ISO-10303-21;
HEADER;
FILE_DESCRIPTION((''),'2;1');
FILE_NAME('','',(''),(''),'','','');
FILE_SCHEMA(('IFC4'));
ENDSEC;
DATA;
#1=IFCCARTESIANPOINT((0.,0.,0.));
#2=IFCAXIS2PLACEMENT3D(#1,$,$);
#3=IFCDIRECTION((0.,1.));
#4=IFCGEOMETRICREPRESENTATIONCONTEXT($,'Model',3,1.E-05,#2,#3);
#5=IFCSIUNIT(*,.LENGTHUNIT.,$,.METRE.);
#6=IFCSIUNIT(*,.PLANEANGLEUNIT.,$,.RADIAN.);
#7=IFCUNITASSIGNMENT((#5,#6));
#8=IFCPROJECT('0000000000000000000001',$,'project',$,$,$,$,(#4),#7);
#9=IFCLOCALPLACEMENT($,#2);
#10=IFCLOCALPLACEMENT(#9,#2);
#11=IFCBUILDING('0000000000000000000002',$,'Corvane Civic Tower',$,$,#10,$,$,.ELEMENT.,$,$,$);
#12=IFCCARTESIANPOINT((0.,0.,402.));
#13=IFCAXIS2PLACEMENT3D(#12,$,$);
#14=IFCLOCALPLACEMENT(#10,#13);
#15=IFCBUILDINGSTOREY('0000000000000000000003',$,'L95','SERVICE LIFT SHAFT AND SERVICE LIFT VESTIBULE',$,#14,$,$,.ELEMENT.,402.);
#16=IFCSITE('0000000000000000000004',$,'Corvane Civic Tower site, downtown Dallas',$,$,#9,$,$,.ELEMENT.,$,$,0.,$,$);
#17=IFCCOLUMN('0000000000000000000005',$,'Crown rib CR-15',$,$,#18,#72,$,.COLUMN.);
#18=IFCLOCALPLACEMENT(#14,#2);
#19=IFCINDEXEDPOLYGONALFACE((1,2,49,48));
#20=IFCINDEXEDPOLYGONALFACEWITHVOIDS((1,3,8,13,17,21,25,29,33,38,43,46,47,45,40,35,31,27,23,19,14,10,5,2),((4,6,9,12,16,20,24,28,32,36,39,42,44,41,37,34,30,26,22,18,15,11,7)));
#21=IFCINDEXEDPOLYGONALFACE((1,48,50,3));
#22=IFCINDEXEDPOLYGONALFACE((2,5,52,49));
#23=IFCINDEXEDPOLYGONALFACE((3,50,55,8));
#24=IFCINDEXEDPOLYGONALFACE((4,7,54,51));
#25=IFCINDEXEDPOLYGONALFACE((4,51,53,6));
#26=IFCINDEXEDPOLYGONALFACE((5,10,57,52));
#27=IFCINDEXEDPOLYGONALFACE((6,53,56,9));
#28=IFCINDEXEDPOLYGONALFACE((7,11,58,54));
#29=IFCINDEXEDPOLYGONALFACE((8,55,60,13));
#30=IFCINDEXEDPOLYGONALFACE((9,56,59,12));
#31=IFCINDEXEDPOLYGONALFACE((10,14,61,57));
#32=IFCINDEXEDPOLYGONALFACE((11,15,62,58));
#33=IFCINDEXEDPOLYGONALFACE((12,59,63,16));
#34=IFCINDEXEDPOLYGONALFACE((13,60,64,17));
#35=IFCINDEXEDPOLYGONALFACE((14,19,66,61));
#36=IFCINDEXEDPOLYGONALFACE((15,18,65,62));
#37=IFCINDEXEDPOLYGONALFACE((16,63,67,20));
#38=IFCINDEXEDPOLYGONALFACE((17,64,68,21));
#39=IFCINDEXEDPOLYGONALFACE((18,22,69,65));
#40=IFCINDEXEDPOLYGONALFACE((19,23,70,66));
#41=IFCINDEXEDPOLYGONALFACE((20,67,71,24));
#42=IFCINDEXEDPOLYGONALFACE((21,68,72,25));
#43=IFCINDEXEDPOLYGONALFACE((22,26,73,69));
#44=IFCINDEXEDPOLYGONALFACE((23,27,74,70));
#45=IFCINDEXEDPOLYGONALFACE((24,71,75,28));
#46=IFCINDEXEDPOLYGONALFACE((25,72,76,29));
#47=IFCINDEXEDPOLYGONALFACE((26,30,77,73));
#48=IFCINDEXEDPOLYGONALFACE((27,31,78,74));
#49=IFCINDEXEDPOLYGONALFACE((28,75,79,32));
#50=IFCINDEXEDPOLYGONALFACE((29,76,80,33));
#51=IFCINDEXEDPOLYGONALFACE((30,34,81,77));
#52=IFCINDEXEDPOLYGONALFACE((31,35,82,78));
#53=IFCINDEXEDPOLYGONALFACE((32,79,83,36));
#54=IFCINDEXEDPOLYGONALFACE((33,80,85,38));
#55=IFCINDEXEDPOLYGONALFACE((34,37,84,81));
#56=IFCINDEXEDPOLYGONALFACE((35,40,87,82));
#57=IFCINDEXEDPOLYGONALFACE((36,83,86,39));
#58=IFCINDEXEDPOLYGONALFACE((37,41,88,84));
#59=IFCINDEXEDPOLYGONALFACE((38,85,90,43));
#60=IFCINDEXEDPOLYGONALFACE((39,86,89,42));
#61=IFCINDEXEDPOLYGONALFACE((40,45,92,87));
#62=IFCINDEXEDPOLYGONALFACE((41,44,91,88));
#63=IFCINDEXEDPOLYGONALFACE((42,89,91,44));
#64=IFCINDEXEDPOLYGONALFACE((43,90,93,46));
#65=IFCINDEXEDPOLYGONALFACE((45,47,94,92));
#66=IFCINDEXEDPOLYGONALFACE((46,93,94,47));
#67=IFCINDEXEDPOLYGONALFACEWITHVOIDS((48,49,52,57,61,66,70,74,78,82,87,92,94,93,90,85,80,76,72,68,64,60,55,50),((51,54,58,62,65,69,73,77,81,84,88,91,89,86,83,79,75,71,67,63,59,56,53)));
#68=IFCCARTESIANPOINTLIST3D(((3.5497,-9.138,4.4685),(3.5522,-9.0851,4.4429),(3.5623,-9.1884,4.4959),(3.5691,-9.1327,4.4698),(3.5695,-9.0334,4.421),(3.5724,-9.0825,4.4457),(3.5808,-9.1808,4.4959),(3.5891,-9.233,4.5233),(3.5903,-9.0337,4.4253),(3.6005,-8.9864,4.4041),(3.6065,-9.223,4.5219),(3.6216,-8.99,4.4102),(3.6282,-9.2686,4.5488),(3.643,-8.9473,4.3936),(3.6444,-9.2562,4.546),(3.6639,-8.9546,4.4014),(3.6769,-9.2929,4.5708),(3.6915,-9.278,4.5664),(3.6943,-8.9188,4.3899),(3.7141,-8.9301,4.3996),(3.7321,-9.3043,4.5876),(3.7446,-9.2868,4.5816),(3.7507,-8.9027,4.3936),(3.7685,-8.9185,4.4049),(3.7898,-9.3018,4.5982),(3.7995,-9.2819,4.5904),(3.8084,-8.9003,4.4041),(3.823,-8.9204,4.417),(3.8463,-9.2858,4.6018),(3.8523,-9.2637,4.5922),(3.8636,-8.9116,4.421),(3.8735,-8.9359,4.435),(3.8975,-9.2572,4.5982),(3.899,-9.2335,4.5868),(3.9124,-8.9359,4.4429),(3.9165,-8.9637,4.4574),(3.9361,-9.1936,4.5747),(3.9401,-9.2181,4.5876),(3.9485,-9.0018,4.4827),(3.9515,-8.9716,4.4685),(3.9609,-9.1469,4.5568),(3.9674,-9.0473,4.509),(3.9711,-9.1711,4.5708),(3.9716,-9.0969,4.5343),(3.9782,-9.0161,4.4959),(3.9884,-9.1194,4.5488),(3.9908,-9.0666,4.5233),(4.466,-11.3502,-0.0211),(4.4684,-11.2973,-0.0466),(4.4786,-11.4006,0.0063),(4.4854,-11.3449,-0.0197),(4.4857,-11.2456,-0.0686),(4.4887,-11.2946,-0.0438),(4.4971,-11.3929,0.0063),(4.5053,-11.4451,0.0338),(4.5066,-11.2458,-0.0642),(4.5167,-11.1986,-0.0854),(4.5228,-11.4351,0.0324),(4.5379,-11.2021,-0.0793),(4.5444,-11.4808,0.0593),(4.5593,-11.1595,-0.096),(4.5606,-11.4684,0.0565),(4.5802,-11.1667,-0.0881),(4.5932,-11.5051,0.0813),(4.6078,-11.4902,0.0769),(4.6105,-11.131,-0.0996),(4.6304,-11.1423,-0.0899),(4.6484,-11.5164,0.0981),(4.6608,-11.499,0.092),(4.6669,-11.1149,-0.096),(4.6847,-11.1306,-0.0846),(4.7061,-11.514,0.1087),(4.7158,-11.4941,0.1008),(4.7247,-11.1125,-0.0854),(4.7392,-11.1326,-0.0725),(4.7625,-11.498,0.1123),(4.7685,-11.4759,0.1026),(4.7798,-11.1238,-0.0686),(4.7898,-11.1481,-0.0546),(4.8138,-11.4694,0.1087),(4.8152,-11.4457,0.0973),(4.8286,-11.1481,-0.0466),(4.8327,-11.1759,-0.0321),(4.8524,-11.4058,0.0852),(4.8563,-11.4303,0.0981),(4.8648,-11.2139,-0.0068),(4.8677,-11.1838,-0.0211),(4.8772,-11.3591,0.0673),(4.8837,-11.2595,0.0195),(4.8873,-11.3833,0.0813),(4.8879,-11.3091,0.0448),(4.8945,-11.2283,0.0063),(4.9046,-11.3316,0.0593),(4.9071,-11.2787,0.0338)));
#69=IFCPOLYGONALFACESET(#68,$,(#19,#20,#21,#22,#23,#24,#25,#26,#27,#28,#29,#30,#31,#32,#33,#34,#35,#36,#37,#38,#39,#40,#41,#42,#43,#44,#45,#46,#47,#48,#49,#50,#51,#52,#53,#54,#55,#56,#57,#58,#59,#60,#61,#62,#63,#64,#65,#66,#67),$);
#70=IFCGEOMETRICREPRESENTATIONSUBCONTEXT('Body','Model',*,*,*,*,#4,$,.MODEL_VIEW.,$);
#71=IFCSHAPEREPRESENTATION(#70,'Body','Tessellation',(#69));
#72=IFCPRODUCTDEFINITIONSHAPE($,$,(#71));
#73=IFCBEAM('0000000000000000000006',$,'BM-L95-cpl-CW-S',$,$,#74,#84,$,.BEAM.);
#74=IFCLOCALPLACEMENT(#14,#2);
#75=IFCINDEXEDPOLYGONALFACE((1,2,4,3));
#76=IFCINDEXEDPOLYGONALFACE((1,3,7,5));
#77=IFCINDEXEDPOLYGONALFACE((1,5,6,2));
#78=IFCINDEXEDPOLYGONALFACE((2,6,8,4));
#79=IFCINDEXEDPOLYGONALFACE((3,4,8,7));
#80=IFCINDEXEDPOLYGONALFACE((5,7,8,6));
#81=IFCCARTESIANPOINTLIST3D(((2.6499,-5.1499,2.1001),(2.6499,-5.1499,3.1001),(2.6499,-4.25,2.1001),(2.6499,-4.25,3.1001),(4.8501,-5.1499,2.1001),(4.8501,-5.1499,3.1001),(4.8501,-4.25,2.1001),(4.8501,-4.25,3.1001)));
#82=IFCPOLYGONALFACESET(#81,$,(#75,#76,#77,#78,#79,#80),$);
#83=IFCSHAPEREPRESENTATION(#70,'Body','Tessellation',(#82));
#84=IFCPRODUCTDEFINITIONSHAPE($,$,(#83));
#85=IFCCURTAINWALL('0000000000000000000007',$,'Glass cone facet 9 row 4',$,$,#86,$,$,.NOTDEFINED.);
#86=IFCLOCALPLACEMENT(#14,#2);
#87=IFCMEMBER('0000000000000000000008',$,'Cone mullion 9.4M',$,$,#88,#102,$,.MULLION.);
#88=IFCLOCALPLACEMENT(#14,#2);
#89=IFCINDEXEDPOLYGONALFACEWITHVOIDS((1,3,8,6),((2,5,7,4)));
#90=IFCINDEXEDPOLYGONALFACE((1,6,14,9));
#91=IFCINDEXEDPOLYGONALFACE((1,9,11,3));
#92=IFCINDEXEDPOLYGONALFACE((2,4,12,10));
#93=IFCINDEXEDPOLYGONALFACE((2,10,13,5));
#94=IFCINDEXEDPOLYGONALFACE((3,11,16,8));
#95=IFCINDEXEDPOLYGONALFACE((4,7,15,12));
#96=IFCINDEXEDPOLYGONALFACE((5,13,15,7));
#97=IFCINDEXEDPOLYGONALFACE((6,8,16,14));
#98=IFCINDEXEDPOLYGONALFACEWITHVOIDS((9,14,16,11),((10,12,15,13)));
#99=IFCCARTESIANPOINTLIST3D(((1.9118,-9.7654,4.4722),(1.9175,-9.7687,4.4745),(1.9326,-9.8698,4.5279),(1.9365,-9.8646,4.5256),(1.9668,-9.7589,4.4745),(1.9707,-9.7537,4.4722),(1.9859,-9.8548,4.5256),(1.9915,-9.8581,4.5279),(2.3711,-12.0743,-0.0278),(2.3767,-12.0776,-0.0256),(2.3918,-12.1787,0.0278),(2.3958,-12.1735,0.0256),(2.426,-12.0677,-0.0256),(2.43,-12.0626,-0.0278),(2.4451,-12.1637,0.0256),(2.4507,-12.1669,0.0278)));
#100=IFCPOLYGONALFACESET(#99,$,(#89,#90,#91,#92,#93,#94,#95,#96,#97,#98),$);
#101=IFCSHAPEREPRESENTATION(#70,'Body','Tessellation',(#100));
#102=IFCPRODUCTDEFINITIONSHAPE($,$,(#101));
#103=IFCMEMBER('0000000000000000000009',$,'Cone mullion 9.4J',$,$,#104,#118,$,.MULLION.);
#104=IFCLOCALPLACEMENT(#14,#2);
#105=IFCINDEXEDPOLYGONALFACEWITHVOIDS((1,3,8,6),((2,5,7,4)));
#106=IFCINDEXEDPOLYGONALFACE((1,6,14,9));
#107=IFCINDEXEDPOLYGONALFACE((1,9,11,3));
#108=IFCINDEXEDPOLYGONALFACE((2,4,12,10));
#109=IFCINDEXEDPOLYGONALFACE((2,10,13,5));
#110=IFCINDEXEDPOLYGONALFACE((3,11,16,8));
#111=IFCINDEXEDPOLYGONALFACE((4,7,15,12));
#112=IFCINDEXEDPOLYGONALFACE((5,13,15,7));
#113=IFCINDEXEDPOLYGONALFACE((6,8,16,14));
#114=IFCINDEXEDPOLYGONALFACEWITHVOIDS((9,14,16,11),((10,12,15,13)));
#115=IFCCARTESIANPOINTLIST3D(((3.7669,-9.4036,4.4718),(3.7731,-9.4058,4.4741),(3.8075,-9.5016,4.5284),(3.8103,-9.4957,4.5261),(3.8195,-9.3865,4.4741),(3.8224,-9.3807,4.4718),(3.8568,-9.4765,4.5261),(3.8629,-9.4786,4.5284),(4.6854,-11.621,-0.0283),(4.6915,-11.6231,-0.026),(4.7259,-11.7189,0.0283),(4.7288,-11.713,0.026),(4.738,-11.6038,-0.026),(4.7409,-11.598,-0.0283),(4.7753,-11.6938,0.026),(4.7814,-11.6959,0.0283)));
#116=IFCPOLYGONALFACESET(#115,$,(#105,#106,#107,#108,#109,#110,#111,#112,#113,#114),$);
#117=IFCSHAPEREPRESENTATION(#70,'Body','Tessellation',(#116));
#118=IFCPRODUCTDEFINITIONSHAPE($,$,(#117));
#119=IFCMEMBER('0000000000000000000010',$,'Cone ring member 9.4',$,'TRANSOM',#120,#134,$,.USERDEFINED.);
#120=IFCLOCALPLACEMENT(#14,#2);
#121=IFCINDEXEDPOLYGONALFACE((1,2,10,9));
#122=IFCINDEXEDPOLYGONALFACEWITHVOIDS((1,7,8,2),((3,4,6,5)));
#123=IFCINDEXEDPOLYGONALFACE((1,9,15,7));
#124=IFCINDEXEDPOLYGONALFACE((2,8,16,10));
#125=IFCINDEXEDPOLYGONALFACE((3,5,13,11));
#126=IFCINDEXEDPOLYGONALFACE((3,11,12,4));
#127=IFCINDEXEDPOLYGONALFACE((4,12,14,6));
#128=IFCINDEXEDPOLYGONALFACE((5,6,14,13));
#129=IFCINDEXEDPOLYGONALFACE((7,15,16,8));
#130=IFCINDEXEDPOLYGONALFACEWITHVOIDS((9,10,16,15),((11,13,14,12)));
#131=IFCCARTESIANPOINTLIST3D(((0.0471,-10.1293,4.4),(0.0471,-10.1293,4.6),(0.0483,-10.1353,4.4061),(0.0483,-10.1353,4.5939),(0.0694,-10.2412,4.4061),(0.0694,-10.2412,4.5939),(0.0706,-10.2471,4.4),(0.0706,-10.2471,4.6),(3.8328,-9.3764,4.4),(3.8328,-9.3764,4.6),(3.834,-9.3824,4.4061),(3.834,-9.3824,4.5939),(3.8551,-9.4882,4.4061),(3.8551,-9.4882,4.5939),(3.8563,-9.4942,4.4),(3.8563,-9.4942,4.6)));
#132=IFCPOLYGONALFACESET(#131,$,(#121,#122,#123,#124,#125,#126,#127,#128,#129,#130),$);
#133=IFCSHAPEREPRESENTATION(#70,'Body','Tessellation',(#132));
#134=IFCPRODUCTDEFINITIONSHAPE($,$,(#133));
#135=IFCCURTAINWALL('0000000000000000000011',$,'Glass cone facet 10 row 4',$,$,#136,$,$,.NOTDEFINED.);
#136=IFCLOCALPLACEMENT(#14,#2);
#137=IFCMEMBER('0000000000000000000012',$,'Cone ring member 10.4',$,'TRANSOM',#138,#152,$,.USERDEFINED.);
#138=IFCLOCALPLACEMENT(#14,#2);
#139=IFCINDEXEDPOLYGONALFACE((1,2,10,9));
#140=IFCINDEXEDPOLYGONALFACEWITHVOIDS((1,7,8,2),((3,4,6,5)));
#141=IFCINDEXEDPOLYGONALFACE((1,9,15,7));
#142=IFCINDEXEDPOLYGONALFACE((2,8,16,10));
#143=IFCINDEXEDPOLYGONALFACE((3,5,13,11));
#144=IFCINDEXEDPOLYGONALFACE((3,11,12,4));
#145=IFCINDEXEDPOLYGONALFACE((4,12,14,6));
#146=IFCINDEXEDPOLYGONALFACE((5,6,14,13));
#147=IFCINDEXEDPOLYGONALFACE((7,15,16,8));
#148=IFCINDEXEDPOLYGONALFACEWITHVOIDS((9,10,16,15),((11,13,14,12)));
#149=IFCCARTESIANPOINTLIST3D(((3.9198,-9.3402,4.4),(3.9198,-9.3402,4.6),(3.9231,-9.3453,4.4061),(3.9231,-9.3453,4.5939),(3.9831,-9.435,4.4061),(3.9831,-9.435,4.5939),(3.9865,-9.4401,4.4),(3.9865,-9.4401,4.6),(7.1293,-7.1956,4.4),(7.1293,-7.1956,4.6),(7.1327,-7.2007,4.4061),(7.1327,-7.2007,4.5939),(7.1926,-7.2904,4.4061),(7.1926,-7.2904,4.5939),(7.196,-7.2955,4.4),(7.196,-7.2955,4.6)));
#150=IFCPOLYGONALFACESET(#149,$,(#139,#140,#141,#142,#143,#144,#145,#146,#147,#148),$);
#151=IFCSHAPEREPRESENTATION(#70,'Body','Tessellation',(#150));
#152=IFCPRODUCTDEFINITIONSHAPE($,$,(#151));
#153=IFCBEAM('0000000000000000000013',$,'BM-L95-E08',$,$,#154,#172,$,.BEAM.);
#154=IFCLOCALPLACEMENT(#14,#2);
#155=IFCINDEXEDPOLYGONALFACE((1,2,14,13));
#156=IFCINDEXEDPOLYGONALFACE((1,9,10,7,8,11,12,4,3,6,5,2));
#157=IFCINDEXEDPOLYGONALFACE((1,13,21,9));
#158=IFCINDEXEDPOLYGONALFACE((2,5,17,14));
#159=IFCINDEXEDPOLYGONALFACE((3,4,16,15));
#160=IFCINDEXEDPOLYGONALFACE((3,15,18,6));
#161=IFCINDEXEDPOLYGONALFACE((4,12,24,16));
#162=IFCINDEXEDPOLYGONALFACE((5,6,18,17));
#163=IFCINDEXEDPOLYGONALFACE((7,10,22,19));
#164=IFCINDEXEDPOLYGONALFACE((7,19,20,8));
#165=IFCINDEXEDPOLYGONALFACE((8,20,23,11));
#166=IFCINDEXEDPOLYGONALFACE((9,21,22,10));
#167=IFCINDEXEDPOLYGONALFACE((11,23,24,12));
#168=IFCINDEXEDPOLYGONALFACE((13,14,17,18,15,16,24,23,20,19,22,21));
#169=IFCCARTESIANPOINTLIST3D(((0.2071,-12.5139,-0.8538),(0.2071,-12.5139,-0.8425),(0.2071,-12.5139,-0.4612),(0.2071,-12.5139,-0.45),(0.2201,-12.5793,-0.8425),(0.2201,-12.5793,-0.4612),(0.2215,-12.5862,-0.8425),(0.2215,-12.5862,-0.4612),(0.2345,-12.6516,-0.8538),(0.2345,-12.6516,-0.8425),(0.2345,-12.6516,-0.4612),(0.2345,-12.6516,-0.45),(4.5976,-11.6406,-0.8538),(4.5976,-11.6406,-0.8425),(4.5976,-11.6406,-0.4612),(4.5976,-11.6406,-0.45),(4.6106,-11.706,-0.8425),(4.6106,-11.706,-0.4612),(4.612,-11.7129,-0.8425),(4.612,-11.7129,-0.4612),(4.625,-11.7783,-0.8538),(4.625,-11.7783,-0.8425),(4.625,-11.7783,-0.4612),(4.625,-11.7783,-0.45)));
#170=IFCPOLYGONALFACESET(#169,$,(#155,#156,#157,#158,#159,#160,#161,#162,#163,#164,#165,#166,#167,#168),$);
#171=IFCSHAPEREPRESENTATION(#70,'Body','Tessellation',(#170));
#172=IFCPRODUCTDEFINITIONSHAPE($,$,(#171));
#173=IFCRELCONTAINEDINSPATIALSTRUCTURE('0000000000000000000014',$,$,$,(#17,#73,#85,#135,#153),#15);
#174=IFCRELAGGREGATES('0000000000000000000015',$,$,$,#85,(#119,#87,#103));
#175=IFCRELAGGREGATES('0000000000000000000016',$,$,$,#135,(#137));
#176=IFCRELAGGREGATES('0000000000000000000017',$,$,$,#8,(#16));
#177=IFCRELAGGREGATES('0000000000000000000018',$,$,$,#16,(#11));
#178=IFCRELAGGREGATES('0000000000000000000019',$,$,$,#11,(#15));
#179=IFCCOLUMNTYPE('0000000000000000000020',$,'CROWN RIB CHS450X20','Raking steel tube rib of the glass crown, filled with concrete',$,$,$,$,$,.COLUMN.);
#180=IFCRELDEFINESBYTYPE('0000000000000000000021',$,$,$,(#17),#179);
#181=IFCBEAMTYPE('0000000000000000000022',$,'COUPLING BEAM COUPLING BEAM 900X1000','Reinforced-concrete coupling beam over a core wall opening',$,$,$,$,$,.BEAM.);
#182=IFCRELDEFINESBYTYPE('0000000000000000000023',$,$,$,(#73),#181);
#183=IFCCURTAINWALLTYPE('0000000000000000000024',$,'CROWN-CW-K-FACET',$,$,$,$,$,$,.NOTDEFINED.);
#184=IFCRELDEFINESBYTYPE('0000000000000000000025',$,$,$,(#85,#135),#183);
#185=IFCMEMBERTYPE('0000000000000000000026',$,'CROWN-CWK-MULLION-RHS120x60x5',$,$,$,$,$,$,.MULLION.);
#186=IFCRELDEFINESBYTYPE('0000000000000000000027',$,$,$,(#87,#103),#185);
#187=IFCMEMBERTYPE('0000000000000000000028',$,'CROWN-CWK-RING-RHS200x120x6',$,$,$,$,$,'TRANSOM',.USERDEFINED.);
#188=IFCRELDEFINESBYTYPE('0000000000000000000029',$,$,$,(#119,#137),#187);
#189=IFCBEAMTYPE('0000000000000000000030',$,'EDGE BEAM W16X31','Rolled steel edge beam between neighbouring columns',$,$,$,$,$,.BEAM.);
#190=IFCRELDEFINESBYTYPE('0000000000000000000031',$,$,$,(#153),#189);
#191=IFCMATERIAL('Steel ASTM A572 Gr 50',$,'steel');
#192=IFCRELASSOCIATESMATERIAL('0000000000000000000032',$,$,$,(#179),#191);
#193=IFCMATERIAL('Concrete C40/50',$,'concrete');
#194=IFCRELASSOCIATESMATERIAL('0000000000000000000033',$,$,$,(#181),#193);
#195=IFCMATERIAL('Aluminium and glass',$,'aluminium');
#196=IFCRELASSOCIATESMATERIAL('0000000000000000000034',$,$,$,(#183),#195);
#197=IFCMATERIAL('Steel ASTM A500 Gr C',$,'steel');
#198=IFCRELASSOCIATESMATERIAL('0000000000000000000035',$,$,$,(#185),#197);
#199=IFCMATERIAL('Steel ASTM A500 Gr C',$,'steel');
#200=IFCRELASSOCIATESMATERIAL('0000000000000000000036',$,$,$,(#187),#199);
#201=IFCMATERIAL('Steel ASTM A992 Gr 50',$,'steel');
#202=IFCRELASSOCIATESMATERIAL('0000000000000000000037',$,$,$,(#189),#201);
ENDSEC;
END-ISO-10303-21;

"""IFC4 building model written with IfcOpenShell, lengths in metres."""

from ifc_helpers import new_model, si_unit, direction, frame, origin, origin_2d, place, context, subcontext, project, spatial, rectangle, hollow_rectangle, hollow_circle, i_section, extrude, material, material_profile, profile_set, type_object, element, aggregate, save


model = new_model("IFC4")

# Units and contexts
model_context = context("Model", 3, precision=1e-05, world=origin(), true_north=direction((0.0, 1.0)))
body_context = subcontext(model_context, "Body", "Model", "MODEL_VIEW")
ifc_project = project(units=[si_unit("LENGTHUNIT", "METRE"), si_unit("PLANEANGLEUNIT", "RADIAN")], contexts=[model_context])

# Site, building, storey
site_placement = place(None, origin())
site = spatial("IfcSite", under=ifc_project, at=site_placement, Name="Corvane Civic Tower site, downtown Dallas", CompositionType="ELEMENT", RefElevation=0.0)
building_placement = place(site_placement, origin())
building = spatial("IfcBuilding", under=site, at=building_placement, Name="Corvane Civic Tower", CompositionType="ELEMENT")
storey_placement = place(building_placement, frame((0.0, 0.0, 402.0)))
storey = spatial("IfcBuildingStorey", under=building, at=storey_placement, Name="L95", Description="SERVICE LIFT SHAFT AND SERVICE LIFT VESTIBULE", CompositionType="ELEMENT", Elevation=402.0)

# Column
ifc_material_1 = material(Name="Steel ASTM A572 Gr 50", Category="steel")
ifc_material_profile_1 = material_profile(ifc_material_1, hollow_circle(Radius=0.2251, WallThickness=0.02, at=origin_2d()), Name="CHS450X20")
ifc_profile_set_1 = profile_set([ifc_material_profile_1], Name="Steel ASTM A572 Gr 50")
column_type = type_object("IfcColumnType", Name="CROWN RIB CHS450X20", Description="Raking steel tube rib of the glass crown, filled with concrete", PredefinedType="COLUMN", material=ifc_profile_set_1)
column_placement = place(storey_placement, frame((4.6865, -11.3145, 0.0063), z_axis=(-0.180079, 0.434771, 0.882353), x_axis=(-0.923886, -0.382667, 0.0)))
element("IfcColumn", 1, at=column_placement, inside=storey, type_object=column_type, Name="Crown rib CR-15", PredefinedType="COLUMN", context=body_context, shape_type="SweptSolid", body=[
    extrude(hollow_circle(Radius=0.2251, WallThickness=0.02, at=origin_2d()), origin(), (0.0, 0.0, 1.0), 5.0881),
])

# Beam
ifc_material_2 = material(Name="Concrete C40/50", Category="concrete")
ifc_material_profile_2 = material_profile(ifc_material_2, rectangle(XDim=0.8999, YDim=1.0, at=origin_2d()), Name="COUPLING BEAM 900X1000")
ifc_profile_set_2 = profile_set([ifc_material_profile_2], Name="Concrete C40/50")
beam_type_1 = type_object("IfcBeamType", Name="COUPLING BEAM COUPLING BEAM 900X1000", Description="Reinforced-concrete coupling beam over a core wall opening", PredefinedType="BEAM", material=ifc_profile_set_2)
beam_1_placement = place(storey_placement, frame((2.6499, -4.7, 2.6001), z_axis=(1.0, 0.0, 0.0), x_axis=(0.0, 1.0, 0.0)))
element("IfcBeam", 2, at=beam_1_placement, inside=storey, type_object=beam_type_1, Name="BM-L95-cpl-CW-S", PredefinedType="BEAM", context=body_context, shape_type="SweptSolid", body=[
    extrude(rectangle(XDim=0.8999, YDim=1.0, at=origin_2d()), origin(), (0.0, 0.0, 1.0), 2.2002),
])

# Curtain wall, members
ifc_material_3 = material(Name="Aluminium and glass", Category="aluminium")
curtain_wall_type = type_object("IfcCurtainWallType", Name="CROWN-CW-K-FACET", PredefinedType="NOTDEFINED", material=ifc_material_3)
curtain_wall_1_placement = place(storey_placement, origin())
curtain_wall_1 = element("IfcCurtainWall", 3, at=curtain_wall_1_placement, inside=storey, type_object=curtain_wall_type, Name="Glass cone facet 9 row 4", PredefinedType="NOTDEFINED")
ifc_material_4 = material(Name="Steel ASTM A500 Gr C", Category="steel")
ifc_material_profile_3 = material_profile(ifc_material_4, hollow_rectangle(XDim=0.0601, YDim=0.1201, WallThickness=0.0049, at=origin_2d()), Name="RHS 120x60x5")
ifc_profile_set_3 = profile_set([ifc_material_profile_3], Name="Steel ASTM A500 Gr C")
member_type_1 = type_object("IfcMemberType", Name="CROWN-CWK-MULLION-RHS120x60x5", PredefinedType="MULLION", material=ifc_profile_set_3)
member_1_placement = place(storey_placement, frame((2.4109, -12.1206, 0.0), z_axis=(-0.090425, 0.454626, 0.88608), x_axis=(-0.980788, -0.195079, 0.0)))
member_1 = element("IfcMember", 4, at=member_1_placement, type_object=member_type_1, Name="Cone mullion 9.4M", PredefinedType="MULLION", context=body_context, shape_type="SweptSolid", body=[
    extrude(hollow_rectangle(XDim=0.0601, YDim=0.1201, WallThickness=0.0049, at=origin_2d()), origin(), (0.0, 0.0, 1.0), 5.0786),
])
member_2_placement = place(storey_placement, frame((4.7334, -11.6584, 0.0), z_axis=(-0.18009, 0.434762, 0.882354), x_axis=(-0.923875, -0.382693, 0.0)))
member_2 = element("IfcMember", 5, at=member_2_placement, type_object=member_type_1, Name="Cone mullion 9.4J", PredefinedType="MULLION", context=body_context, shape_type="SweptSolid", body=[
    extrude(hollow_rectangle(XDim=0.0601, YDim=0.1201, WallThickness=0.0049, at=origin_2d()), origin(), (0.0, 0.0, 1.0), 5.1001),
])
ifc_material_5 = material(Name="Steel ASTM A500 Gr C", Category="steel")
ifc_material_profile_4 = material_profile(ifc_material_5, hollow_rectangle(XDim=0.1201, YDim=0.2, WallThickness=0.0061, at=origin_2d()), Name="RHS 200x120x6")
ifc_profile_set_4 = profile_set([ifc_material_profile_4], Name="Steel ASTM A500 Gr C")
member_type_2 = type_object("IfcMemberType", Name="CROWN-CWK-RING-RHS200x120x6", ElementType="TRANSOM", PredefinedType="USERDEFINED", material=ifc_profile_set_4)
member_3_placement = place(storey_placement, frame((0.0588, -10.1882, 4.5), z_axis=(0.980789, 0.19507, 0.0), x_axis=(-0.19507, 0.980789, 0.0)))
member_3 = element("IfcMember", 6, at=member_3_placement, type_object=member_type_2, Name="Cone ring member 9.4", ObjectType="TRANSOM", PredefinedType="USERDEFINED", context=body_context, shape_type="SweptSolid", body=[
    extrude(hollow_rectangle(XDim=0.1201, YDim=0.2, WallThickness=0.0061, at=origin_2d()), origin(), (0.0, 0.0, 1.0), 3.8599),
])
aggregate(curtain_wall_1, [member_3, member_1, member_2])

# Curtain wall, member
curtain_wall_2_placement = place(storey_placement, origin())
curtain_wall_2 = element("IfcCurtainWall", 7, at=curtain_wall_2_placement, inside=storey, type_object=curtain_wall_type, Name="Glass cone facet 10 row 4", PredefinedType="NOTDEFINED")
member_4_placement = place(storey_placement, frame((3.9531, -9.3901, 4.5), z_axis=(0.831466, 0.555576, 0.0), x_axis=(-0.555576, 0.831466, 0.0)))
member_4 = element("IfcMember", 8, at=member_4_placement, type_object=member_type_2, Name="Cone ring member 10.4", ObjectType="TRANSOM", PredefinedType="USERDEFINED", context=body_context, shape_type="SweptSolid", body=[
    extrude(hollow_rectangle(XDim=0.1201, YDim=0.2, WallThickness=0.0061, at=origin_2d()), origin(), (0.0, 0.0, 1.0), 3.8601),
])
aggregate(curtain_wall_2, [member_4])

# Beam
ifc_material_6 = material(Name="Steel ASTM A992 Gr 50", Category="steel")
ifc_material_profile_5 = material_profile(ifc_material_6, i_section(OverallWidth=0.1404, OverallDepth=0.4038, WebThickness=0.0071, FlangeThickness=0.0112, at=origin_2d()), Name="W16X31")
ifc_profile_set_5 = profile_set([ifc_material_profile_5], Name="Steel ASTM A992 Gr 50")
beam_type_2 = type_object("IfcBeamType", Name="EDGE BEAM W16X31", Description="Rolled steel edge beam between neighbouring columns", PredefinedType="BEAM", material=ifc_profile_set_5)
beam_2_placement = place(storey_placement, frame((4.6113, -11.7095, -0.6519), z_axis=(-0.980788, -0.195078, 0.0), x_axis=(0.195078, -0.980788, 0.0)))
element("IfcBeam", 9, at=beam_2_placement, inside=storey, type_object=beam_type_2, Name="BM-L95-E08", PredefinedType="BEAM", context=body_context, shape_type="SweptSolid", body=[
    extrude(i_section(OverallWidth=0.1404, OverallDepth=0.4038, WebThickness=0.0071, FlangeThickness=0.0112, at=origin_2d()), origin(), (0.0, 0.0, 1.0), 4.4766),
])

save(model, "model.ifc")
